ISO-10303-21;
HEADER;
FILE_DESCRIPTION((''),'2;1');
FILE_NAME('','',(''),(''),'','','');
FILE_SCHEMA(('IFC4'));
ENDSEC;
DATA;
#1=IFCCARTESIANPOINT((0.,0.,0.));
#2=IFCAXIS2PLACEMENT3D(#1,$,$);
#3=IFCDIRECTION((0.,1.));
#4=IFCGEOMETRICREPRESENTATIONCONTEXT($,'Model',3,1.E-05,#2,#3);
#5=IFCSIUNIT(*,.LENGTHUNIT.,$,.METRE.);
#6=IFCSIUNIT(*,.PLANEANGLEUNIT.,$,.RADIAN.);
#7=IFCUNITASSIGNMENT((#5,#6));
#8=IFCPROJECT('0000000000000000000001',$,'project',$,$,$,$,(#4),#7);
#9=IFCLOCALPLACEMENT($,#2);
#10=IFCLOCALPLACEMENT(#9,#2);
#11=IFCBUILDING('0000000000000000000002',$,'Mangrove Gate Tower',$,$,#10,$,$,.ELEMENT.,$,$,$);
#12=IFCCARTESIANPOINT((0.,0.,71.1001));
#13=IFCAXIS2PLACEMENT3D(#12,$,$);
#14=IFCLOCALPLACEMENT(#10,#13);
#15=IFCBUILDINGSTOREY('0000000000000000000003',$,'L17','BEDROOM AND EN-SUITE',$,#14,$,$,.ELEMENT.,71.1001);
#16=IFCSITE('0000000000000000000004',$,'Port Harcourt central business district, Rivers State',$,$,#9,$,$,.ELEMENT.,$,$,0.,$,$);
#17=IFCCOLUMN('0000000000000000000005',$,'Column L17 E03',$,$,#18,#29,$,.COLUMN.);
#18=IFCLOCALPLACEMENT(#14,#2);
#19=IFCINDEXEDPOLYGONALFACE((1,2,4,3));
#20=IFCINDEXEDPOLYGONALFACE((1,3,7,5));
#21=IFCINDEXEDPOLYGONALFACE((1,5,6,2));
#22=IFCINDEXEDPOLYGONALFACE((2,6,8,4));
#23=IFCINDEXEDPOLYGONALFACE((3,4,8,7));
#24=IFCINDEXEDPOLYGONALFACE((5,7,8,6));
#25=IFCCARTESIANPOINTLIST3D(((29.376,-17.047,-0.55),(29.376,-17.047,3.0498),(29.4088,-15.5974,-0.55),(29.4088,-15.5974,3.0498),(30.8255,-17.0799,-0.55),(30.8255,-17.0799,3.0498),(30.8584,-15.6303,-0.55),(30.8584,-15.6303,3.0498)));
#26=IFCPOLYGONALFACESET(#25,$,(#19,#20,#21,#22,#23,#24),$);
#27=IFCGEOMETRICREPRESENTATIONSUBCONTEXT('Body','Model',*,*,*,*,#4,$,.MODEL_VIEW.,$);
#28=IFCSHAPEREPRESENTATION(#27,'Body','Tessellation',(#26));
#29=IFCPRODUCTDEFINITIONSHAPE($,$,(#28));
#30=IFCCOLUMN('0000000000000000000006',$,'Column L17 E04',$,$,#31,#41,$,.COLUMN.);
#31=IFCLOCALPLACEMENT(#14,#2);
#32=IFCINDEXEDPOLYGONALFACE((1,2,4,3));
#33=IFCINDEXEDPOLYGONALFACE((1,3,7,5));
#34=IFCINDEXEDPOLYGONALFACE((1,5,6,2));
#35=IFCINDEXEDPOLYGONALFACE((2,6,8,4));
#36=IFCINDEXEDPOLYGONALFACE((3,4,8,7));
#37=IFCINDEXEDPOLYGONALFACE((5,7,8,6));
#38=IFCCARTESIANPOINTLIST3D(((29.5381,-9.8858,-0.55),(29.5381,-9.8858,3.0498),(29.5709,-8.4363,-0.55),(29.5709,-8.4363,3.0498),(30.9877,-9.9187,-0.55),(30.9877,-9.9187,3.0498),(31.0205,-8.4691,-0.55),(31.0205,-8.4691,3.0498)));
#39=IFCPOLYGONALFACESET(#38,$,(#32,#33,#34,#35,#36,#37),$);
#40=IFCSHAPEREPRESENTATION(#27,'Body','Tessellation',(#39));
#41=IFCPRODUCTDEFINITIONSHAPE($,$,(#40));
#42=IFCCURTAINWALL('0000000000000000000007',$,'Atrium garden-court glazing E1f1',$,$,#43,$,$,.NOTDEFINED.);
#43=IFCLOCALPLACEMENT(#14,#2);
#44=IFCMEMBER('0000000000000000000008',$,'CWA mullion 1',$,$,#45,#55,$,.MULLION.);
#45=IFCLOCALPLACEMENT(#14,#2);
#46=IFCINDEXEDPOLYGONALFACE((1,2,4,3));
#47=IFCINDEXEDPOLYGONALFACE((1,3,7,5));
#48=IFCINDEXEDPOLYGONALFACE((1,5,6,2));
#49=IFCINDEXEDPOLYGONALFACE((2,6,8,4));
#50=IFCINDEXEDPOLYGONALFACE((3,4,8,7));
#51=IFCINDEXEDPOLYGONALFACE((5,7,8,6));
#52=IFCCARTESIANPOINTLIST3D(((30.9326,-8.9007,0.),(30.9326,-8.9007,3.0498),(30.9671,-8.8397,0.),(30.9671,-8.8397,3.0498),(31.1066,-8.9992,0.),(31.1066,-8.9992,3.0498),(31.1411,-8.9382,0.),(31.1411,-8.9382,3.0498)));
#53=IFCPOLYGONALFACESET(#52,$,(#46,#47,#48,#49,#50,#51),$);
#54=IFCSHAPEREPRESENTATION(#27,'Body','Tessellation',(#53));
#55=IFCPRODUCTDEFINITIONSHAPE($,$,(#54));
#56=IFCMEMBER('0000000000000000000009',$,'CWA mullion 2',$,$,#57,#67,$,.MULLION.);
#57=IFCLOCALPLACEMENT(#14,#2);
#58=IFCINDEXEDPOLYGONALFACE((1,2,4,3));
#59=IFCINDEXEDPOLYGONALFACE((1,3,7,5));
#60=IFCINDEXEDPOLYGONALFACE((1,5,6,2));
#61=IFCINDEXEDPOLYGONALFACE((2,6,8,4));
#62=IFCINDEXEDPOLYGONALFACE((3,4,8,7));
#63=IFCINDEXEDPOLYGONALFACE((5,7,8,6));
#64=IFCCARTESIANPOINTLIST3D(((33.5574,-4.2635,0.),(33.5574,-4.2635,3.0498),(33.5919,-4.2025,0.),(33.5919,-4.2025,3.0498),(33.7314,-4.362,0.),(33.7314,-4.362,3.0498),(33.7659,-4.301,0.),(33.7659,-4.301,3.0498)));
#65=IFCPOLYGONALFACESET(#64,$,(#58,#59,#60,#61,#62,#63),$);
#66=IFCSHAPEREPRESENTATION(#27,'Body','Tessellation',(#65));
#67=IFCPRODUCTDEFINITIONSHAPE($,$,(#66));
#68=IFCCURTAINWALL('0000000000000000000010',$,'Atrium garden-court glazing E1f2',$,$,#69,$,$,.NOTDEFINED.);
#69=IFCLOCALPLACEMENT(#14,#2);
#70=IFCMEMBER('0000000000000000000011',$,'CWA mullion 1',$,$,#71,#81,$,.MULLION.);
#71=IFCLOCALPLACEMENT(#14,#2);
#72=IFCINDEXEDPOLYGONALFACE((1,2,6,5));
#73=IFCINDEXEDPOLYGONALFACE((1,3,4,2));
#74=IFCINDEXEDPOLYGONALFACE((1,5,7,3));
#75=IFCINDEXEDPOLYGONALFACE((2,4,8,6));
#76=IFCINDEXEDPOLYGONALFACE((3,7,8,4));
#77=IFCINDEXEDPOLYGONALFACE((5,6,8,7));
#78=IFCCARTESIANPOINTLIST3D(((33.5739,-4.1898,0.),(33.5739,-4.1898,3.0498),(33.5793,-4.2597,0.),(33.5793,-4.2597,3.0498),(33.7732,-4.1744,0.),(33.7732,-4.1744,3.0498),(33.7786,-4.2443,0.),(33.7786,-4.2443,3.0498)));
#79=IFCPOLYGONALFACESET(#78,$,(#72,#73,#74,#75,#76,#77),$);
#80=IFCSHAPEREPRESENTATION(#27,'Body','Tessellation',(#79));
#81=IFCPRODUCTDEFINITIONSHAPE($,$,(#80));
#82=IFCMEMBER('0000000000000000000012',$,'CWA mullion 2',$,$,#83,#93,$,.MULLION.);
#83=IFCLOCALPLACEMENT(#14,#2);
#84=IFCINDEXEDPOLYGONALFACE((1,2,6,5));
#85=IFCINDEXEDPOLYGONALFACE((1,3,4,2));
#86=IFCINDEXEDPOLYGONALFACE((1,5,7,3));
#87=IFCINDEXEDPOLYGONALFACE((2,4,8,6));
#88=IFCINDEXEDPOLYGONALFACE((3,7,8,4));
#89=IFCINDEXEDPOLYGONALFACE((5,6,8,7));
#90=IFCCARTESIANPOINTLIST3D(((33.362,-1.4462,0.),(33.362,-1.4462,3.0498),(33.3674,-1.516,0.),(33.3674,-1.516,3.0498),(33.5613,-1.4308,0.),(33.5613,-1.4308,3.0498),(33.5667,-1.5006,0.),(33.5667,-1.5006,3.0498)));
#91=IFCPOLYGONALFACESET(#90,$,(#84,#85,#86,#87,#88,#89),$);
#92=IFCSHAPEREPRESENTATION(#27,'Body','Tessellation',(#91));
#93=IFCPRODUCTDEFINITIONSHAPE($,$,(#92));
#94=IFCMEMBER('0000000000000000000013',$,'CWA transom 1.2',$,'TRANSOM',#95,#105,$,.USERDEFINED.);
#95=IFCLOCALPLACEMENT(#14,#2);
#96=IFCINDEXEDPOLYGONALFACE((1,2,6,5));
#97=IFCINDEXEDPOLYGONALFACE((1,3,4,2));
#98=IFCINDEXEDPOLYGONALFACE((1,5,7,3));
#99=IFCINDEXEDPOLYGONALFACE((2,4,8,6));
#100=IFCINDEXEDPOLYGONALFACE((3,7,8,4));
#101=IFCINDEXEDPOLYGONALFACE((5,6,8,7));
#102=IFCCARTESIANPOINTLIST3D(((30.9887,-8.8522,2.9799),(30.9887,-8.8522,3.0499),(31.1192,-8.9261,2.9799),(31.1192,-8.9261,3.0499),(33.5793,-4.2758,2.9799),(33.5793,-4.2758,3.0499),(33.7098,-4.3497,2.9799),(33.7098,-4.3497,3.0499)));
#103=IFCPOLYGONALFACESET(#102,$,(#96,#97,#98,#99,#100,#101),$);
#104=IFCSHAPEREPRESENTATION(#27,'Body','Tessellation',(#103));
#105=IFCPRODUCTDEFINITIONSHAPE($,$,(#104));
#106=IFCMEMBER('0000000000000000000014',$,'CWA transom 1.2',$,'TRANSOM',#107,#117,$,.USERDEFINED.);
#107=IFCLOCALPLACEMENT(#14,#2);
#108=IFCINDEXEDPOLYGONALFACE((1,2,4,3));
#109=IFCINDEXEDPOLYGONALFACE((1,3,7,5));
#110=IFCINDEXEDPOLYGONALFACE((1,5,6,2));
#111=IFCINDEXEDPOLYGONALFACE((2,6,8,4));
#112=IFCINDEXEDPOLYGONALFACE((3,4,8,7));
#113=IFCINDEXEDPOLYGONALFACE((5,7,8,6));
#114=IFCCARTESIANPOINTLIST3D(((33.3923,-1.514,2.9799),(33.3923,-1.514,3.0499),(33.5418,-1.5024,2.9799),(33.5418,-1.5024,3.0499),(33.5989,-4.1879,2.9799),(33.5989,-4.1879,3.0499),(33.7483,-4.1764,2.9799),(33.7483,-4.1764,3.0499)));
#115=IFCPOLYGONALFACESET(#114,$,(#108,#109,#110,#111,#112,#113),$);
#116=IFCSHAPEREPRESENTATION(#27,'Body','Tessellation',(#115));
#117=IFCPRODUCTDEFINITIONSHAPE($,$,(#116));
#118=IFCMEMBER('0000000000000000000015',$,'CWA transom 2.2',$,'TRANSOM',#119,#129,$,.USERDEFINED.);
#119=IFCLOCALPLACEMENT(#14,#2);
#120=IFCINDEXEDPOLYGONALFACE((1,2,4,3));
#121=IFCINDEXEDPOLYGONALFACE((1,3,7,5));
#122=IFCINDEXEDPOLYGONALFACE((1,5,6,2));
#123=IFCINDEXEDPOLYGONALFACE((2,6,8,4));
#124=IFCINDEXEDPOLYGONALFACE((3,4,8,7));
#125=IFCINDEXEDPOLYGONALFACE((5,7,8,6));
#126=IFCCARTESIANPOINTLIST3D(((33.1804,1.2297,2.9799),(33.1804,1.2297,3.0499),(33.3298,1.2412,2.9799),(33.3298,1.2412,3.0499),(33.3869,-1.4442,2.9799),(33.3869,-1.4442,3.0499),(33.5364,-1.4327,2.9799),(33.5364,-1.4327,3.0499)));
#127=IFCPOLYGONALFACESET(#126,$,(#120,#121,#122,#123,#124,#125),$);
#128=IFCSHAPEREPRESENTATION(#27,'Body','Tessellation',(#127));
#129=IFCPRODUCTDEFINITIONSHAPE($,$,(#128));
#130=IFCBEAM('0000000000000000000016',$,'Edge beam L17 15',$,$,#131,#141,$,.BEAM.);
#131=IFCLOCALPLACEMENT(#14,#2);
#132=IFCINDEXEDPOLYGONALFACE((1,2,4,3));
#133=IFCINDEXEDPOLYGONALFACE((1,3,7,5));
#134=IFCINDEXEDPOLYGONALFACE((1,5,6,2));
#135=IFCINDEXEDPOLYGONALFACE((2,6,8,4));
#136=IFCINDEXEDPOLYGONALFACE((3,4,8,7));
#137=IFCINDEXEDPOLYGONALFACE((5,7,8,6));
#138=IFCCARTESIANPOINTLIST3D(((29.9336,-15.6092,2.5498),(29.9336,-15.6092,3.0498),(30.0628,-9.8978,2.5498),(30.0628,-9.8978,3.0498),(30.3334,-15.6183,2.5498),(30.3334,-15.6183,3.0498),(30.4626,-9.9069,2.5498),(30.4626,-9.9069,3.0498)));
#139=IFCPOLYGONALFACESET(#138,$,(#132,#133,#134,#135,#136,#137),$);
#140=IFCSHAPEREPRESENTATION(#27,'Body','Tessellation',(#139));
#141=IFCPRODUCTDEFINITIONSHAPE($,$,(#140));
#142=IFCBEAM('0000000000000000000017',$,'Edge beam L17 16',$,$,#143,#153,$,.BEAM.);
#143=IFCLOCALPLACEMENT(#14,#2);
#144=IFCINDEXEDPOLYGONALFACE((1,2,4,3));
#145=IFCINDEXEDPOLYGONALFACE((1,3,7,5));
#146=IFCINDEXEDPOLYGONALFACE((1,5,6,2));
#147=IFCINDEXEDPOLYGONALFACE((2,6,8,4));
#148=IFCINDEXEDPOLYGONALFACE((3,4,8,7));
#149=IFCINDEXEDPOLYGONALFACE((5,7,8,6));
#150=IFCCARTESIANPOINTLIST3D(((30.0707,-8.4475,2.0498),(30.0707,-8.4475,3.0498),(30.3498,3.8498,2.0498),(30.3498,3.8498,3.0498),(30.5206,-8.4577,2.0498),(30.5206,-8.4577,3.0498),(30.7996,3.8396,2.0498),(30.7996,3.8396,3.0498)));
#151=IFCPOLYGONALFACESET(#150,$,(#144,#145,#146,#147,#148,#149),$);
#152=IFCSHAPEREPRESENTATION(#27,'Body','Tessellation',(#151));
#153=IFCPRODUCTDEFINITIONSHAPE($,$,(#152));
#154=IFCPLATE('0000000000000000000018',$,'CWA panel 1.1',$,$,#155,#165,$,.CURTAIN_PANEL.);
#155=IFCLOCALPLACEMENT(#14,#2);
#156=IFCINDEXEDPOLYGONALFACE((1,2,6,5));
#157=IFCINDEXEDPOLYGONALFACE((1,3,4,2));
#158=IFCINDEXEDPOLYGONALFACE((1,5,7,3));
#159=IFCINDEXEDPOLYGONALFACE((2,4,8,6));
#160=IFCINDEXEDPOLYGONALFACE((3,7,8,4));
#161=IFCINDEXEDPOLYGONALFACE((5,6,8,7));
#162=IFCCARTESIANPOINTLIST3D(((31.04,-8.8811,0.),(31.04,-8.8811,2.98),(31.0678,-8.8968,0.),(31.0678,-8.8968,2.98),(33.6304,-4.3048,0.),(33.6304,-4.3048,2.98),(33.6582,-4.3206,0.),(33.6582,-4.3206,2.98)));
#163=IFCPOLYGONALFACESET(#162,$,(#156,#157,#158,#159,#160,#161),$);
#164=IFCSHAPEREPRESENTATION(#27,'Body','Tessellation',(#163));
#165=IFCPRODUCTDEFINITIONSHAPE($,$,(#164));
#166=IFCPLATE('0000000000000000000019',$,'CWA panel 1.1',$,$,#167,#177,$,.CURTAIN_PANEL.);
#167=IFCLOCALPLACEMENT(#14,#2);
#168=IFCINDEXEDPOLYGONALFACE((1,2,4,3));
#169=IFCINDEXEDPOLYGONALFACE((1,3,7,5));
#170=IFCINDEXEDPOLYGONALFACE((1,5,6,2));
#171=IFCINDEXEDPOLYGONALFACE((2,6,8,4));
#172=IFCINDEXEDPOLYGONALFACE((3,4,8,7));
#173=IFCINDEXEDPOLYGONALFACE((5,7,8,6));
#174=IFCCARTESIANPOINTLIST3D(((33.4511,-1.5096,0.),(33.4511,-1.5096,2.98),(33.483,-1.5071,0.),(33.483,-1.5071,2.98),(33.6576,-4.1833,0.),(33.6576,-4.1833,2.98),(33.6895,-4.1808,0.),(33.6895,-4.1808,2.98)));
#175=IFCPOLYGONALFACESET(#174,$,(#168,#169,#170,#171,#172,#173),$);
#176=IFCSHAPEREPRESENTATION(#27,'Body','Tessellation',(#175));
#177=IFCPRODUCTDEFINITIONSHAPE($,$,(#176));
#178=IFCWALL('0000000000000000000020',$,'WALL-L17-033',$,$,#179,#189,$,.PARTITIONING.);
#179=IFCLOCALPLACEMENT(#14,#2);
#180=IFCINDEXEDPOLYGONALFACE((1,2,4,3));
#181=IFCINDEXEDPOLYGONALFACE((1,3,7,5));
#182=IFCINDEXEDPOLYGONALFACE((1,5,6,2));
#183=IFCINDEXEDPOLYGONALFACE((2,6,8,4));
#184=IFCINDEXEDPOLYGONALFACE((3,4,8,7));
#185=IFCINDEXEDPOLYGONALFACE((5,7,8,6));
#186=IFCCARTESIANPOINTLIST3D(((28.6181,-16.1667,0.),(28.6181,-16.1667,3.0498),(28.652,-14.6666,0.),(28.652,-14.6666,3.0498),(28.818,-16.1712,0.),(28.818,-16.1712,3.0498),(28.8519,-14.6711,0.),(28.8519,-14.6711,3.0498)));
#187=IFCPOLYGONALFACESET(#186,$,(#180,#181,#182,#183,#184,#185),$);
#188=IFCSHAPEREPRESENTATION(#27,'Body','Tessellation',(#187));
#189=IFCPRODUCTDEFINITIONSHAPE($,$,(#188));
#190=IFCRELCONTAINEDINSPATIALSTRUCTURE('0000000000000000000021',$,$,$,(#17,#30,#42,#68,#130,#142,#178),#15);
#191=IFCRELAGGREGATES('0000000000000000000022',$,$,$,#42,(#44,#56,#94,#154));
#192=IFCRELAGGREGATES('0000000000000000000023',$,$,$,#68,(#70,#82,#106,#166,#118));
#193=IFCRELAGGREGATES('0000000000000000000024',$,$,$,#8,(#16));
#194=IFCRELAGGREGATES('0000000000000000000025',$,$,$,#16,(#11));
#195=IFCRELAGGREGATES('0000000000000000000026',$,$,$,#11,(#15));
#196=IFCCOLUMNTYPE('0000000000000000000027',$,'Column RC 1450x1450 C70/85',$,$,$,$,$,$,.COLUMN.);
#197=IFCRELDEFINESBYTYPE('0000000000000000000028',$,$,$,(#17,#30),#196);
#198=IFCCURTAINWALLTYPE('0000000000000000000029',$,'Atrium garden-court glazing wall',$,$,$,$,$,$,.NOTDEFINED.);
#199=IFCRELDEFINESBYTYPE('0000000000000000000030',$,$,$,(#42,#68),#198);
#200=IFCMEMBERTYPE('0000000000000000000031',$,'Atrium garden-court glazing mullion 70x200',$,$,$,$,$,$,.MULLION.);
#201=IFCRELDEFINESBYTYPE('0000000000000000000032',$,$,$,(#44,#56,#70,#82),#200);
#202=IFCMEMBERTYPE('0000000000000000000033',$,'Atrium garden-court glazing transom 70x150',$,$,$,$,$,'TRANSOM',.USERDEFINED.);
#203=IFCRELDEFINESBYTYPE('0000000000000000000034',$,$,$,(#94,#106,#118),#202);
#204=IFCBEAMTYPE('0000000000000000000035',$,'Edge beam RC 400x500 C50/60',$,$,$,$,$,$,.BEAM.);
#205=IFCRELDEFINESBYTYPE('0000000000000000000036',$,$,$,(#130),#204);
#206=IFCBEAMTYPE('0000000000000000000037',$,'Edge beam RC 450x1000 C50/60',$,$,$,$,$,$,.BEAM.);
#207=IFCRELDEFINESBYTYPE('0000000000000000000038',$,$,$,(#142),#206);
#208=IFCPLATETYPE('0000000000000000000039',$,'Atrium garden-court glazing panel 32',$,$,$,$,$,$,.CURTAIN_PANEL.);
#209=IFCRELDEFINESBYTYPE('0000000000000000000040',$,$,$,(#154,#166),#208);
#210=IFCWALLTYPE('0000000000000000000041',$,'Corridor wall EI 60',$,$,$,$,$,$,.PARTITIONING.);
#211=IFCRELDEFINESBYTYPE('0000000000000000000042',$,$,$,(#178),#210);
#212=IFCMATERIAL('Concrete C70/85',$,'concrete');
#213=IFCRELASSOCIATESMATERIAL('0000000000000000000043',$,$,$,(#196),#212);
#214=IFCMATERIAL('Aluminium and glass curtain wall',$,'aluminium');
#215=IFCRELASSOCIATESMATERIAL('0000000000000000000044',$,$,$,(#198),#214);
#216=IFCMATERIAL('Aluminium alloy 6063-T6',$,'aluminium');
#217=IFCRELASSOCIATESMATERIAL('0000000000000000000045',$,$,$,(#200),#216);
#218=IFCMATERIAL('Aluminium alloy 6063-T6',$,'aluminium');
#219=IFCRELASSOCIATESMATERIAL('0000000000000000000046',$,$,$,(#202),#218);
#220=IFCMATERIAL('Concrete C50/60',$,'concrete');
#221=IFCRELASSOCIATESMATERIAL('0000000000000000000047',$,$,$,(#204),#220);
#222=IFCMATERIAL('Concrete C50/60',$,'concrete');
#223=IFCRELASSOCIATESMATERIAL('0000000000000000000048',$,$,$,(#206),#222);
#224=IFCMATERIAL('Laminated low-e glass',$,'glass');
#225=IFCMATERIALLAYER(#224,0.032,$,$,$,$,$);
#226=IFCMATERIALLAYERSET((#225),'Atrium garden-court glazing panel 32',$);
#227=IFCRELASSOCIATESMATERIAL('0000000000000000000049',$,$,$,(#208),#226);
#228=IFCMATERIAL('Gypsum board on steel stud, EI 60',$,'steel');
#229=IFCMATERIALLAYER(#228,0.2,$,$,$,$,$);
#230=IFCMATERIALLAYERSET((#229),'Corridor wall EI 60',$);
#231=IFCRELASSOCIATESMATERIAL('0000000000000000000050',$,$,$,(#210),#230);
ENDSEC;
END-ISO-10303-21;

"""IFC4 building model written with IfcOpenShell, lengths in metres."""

from ifc_helpers import new_model, si_unit, direction, frame, frame_2d, origin, origin_2d, place, context, subcontext, project, spatial, rectangle, extrude, material, layer, layer_set, material_profile, profile_set, type_object, element, aggregate, save


model = new_model("IFC4")

# Units and contexts
model_context = context("Model", 3, precision=1e-05, world=origin(), true_north=direction((0.0, 1.0)))
body_context = subcontext(model_context, "Body", "Model", "MODEL_VIEW")
ifc_project = project(units=[si_unit("LENGTHUNIT", "METRE"), si_unit("PLANEANGLEUNIT", "RADIAN")], contexts=[model_context])

# Site, building, storey
site_placement = place(None, origin())
site = spatial("IfcSite", under=ifc_project, at=site_placement, Name="Port Harcourt central business district, Rivers State", CompositionType="ELEMENT", RefElevation=0.0)
building_placement = place(site_placement, origin())
building = spatial("IfcBuilding", under=site, at=building_placement, Name="Mangrove Gate Tower", CompositionType="ELEMENT")
storey_placement = place(building_placement, frame((0.0, 0.0, 71.1001)))
storey = spatial("IfcBuildingStorey", under=building, at=storey_placement, Name="L17", Description="BEDROOM AND EN-SUITE", CompositionType="ELEMENT", Elevation=71.1001)

# Columns
ifc_material_1 = material(Name="Concrete C70/85", Category="concrete")
ifc_material_profile_1 = material_profile(ifc_material_1, rectangle(XDim=1.45, YDim=1.45, at=origin_2d()))
ifc_profile_set_1 = profile_set([ifc_material_profile_1], Name="Concrete C70/85")
column_type = type_object("IfcColumnType", Name="Column RC 1450x1450 C70/85", PredefinedType="COLUMN", material=ifc_profile_set_1)
for number, where, z_axis, x_axis, name in (
    (1, (30.1172, -16.3386, -0.55), (0.0, 0.0, 1.0), (0.022688, 0.999743, 0.0), "Column L17 E03"),
    (2, (30.2793, -9.1775, -0.55), (0.0, 0.0, 1.0), (0.022665, 0.999743, 0.0), "Column L17 E04"),
):
    element("IfcColumn", number, at=place(storey_placement, frame(where, z_axis=z_axis, x_axis=x_axis)), inside=storey, type_object=column_type, Name=name, PredefinedType="COLUMN", context=body_context, shape_type="SweptSolid", body=[
        extrude(rectangle(XDim=1.45, YDim=1.45, at=origin_2d()), origin(), (0.0, 0.0, 1.0), 3.5999),
    ])

# Curtain walls, members
ifc_material_2 = material(Name="Aluminium and glass curtain wall", Category="aluminium")
curtain_wall_type = type_object("IfcCurtainWallType", Name="Atrium garden-court glazing wall", PredefinedType="NOTDEFINED", material=ifc_material_2)
curtain_wall_1_placement = place(storey_placement, origin())
curtain_wall_1 = element("IfcCurtainWall", 3, at=curtain_wall_1_placement, inside=storey, type_object=curtain_wall_type, Name="Atrium garden-court glazing E1f1", PredefinedType="NOTDEFINED")
ifc_material_3 = material(Name="Aluminium alloy 6063-T6", Category="aluminium")
ifc_material_profile_2 = material_profile(ifc_material_3, rectangle(XDim=0.0701, YDim=0.2, at=origin_2d()))
ifc_profile_set_2 = profile_set([ifc_material_profile_2], Name="Aluminium alloy 6063-T6")
member_type_1 = type_object("IfcMemberType", Name="Atrium garden-court glazing mullion 70x200", PredefinedType="MULLION", material=ifc_profile_set_2)
member_1_placement = place(storey_placement, frame((31.0369, -8.9194, 0.0), z_axis=(0.0, 0.0, 1.0), x_axis=(0.492604, 0.870254, 0.0)))
member_1 = element("IfcMember", 4, at=member_1_placement, type_object=member_type_1, Name="CWA mullion 1", PredefinedType="MULLION", context=body_context, shape_type="SweptSolid", body=[
    extrude(rectangle(XDim=0.0701, YDim=0.2, at=origin_2d()), origin(), (0.0, 0.0, 1.0), 3.0498),
])
member_2_placement = place(storey_placement, frame((33.6616, -4.2822, 0.0), z_axis=(0.0, 0.0, 1.0), x_axis=(0.492604, 0.870254, 0.0)))
member_2 = element("IfcMember", 5, at=member_2_placement, type_object=member_type_1, Name="CWA mullion 2", PredefinedType="MULLION", context=body_context, shape_type="SweptSolid", body=[
    extrude(rectangle(XDim=0.0701, YDim=0.2, at=origin_2d()), origin(), (0.0, 0.0, 1.0), 3.0498),
])
curtain_wall_2_placement = place(storey_placement, origin())
curtain_wall_2 = element("IfcCurtainWall", 6, at=curtain_wall_2_placement, inside=storey, type_object=curtain_wall_type, Name="Atrium garden-court glazing E1f2", PredefinedType="NOTDEFINED")
member_3_placement = place(storey_placement, frame((33.6763, -4.217, 0.0), z_axis=(0.0, 0.0, 1.0), x_axis=(-0.077023, 0.997029, 0.0)))
member_3 = element("IfcMember", 7, at=member_3_placement, type_object=member_type_1, Name="CWA mullion 1", PredefinedType="MULLION", context=body_context, shape_type="SweptSolid", body=[
    extrude(rectangle(XDim=0.0701, YDim=0.2, at=origin_2d()), origin(), (0.0, 0.0, 1.0), 3.0498),
])
member_4_placement = place(storey_placement, frame((33.4644, -1.4734, 0.0), z_axis=(0.0, 0.0, 1.0), x_axis=(-0.077023, 0.997029, 0.0)))
member_4 = element("IfcMember", 8, at=member_4_placement, type_object=member_type_1, Name="CWA mullion 2", PredefinedType="MULLION", context=body_context, shape_type="SweptSolid", body=[
    extrude(rectangle(XDim=0.0701, YDim=0.2, at=origin_2d()), origin(), (0.0, 0.0, 1.0), 3.0498),
])

# Members
ifc_material_4 = material(Name="Aluminium alloy 6063-T6", Category="aluminium")
ifc_material_profile_3 = material_profile(ifc_material_4, rectangle(XDim=0.0701, YDim=0.1499, at=origin_2d()))
ifc_profile_set_3 = profile_set([ifc_material_profile_3], Name="Aluminium alloy 6063-T6")
member_type_2 = type_object("IfcMemberType", Name="Atrium garden-court glazing transom 70x150", ElementType="TRANSOM", PredefinedType="USERDEFINED", material=ifc_profile_set_3)
member_5_placement = place(storey_placement, frame((31.054, -8.8892, 3.0149), z_axis=(0.49262, 0.870244, 0.0), x_axis=(0.0, 0.0, 1.0)))
member_5 = element("IfcMember", 9, at=member_5_placement, type_object=member_type_2, Name="CWA transom 1.2", ObjectType="TRANSOM", PredefinedType="USERDEFINED", context=body_context, shape_type="SweptSolid", body=[
    extrude(rectangle(XDim=0.0701, YDim=0.1499, at=origin_2d()), origin(), (0.0, 0.0, 1.0), 5.2588),
])
member_6_placement = place(storey_placement, frame((33.6736, -4.1821, 3.0149), z_axis=(-0.077017, 0.99703, 0.0), x_axis=(0.0, 0.0, 1.0)))
member_6 = element("IfcMember", 10, at=member_6_placement, type_object=member_type_2, Name="CWA transom 1.2", ObjectType="TRANSOM", PredefinedType="USERDEFINED", context=body_context, shape_type="SweptSolid", body=[
    extrude(rectangle(XDim=0.0701, YDim=0.1499, at=origin_2d()), origin(), (0.0, 0.0, 1.0), 2.6819),
])
member_7_placement = place(storey_placement, frame((33.4617, -1.4385, 3.0149), z_axis=(-0.077017, 0.99703, 0.0), x_axis=(0.0, 0.0, 1.0)))
member_7 = element("IfcMember", 11, at=member_7_placement, type_object=member_type_2, Name="CWA transom 2.2", ObjectType="TRANSOM", PredefinedType="USERDEFINED", context=body_context, shape_type="SweptSolid", body=[
    extrude(rectangle(XDim=0.0701, YDim=0.1499, at=origin_2d()), origin(), (0.0, 0.0, 1.0), 2.6819),
])

# Beams
ifc_material_5 = material(Name="Concrete C50/60", Category="concrete")
ifc_material_profile_4 = material_profile(ifc_material_5, rectangle(XDim=0.3999, YDim=0.5, at=origin_2d()))
ifc_profile_set_4 = profile_set([ifc_material_profile_4], Name="Concrete C50/60")
beam_type_1 = type_object("IfcBeamType", Name="Edge beam RC 400x500 C50/60", PredefinedType="BEAM", material=ifc_profile_set_4)
beam_1_placement = place(storey_placement, frame((30.1335, -15.6138, 2.7998), z_axis=(0.022607, 0.999744, 0.0), x_axis=(-0.999744, 0.022607, 0.0)))
element("IfcBeam", 12, at=beam_1_placement, inside=storey, type_object=beam_type_1, Name="Edge beam L17 15", PredefinedType="BEAM", context=body_context, shape_type="SweptSolid", body=[
    extrude(rectangle(XDim=0.3999, YDim=0.5, at=origin_2d()), origin(), (0.0, 0.0, 1.0), 5.7129),
])
ifc_material_6 = material(Name="Concrete C50/60", Category="concrete")
ifc_material_profile_5 = material_profile(ifc_material_6, rectangle(XDim=0.45, YDim=1.0, at=origin_2d()))
ifc_profile_set_5 = profile_set([ifc_material_profile_5], Name="Concrete C50/60")
beam_type_2 = type_object("IfcBeamType", Name="Edge beam RC 450x1000 C50/60", PredefinedType="BEAM", material=ifc_profile_set_5)
beam_2_placement = place(storey_placement, frame((30.2957, -8.4526, 2.5498), z_axis=(0.022686, 0.999743, 0.0), x_axis=(-0.999743, 0.022686, 0.0)))
element("IfcBeam", 13, at=beam_2_placement, inside=storey, type_object=beam_type_2, Name="Edge beam L17 16", PredefinedType="BEAM", context=body_context, shape_type="SweptSolid", body=[
    extrude(rectangle(XDim=0.45, YDim=1.0, at=origin_2d()), origin(), (0.0, 0.0, 1.0), 12.3005),
])

# Plates
ifc_material_7 = material(Name="Laminated low-e glass", Category="glass")
ifc_layer_1 = layer(ifc_material_7, 0.032)
ifc_layer_set_1 = layer_set([ifc_layer_1], Name="Atrium garden-court glazing panel 32")
plate_type = type_object("IfcPlateType", Name="Atrium garden-court glazing panel 32", PredefinedType="CURTAIN_PANEL", material=ifc_layer_set_1)
plate_1_placement = place(storey_placement, frame((32.3491, -6.6008, 0.0), z_axis=(0.0, 0.0, 1.0), x_axis=(0.492604, 0.870254, 0.0)))
plate_1 = element("IfcPlate", 14, at=plate_1_placement, type_object=plate_type, Name="CWA panel 1.1", PredefinedType="CURTAIN_PANEL", context=body_context, shape_type="SweptSolid", body=[
    extrude(rectangle(XDim=5.2585, YDim=0.032, at=origin_2d()), origin(), (0.0, 0.0, 1.0), 2.98),
])
aggregate(curtain_wall_1, [member_1, member_2, member_5, plate_1])
plate_2_placement = place(storey_placement, frame((33.5703, -2.8452, 0.0), z_axis=(0.0, 0.0, 1.0), x_axis=(-0.077023, 0.997029, 0.0)))
plate_2 = element("IfcPlate", 15, at=plate_2_placement, type_object=plate_type, Name="CWA panel 1.1", PredefinedType="CURTAIN_PANEL", context=body_context, shape_type="SweptSolid", body=[
    extrude(rectangle(XDim=2.6816, YDim=0.032, at=origin_2d()), origin(), (0.0, 0.0, 1.0), 2.98),
])
aggregate(curtain_wall_2, [member_3, member_4, member_6, plate_2, member_7])

# Wall
ifc_material_8 = material(Name="Gypsum board on steel stud, EI 60", Category="steel")
ifc_layer_2 = layer(ifc_material_8, 0.2)
ifc_layer_set_2 = layer_set([ifc_layer_2], Name="Corridor wall EI 60")
wall_type_1 = type_object("IfcWallType", Name="Corridor wall EI 60", PredefinedType="PARTITIONING", material=ifc_layer_set_2)
wall_1_placement = place(storey_placement, frame((28.718, -16.1689, 0.0), z_axis=(0.0, 0.0, 1.0), x_axis=(0.022618, 0.999744, 0.0)))
element("IfcWall", 16, at=wall_1_placement, inside=storey, type_object=wall_type_1, Name="WALL-L17-033", PredefinedType="PARTITIONING", context=body_context, shape_type="SweptSolid", body=[
    extrude(rectangle(XDim=1.5005, YDim=0.2, at=frame_2d((0.7502, 0.0))), origin(), (0.0, 0.0, 1.0), 3.0498),
])

save(model, "model.ifc")
